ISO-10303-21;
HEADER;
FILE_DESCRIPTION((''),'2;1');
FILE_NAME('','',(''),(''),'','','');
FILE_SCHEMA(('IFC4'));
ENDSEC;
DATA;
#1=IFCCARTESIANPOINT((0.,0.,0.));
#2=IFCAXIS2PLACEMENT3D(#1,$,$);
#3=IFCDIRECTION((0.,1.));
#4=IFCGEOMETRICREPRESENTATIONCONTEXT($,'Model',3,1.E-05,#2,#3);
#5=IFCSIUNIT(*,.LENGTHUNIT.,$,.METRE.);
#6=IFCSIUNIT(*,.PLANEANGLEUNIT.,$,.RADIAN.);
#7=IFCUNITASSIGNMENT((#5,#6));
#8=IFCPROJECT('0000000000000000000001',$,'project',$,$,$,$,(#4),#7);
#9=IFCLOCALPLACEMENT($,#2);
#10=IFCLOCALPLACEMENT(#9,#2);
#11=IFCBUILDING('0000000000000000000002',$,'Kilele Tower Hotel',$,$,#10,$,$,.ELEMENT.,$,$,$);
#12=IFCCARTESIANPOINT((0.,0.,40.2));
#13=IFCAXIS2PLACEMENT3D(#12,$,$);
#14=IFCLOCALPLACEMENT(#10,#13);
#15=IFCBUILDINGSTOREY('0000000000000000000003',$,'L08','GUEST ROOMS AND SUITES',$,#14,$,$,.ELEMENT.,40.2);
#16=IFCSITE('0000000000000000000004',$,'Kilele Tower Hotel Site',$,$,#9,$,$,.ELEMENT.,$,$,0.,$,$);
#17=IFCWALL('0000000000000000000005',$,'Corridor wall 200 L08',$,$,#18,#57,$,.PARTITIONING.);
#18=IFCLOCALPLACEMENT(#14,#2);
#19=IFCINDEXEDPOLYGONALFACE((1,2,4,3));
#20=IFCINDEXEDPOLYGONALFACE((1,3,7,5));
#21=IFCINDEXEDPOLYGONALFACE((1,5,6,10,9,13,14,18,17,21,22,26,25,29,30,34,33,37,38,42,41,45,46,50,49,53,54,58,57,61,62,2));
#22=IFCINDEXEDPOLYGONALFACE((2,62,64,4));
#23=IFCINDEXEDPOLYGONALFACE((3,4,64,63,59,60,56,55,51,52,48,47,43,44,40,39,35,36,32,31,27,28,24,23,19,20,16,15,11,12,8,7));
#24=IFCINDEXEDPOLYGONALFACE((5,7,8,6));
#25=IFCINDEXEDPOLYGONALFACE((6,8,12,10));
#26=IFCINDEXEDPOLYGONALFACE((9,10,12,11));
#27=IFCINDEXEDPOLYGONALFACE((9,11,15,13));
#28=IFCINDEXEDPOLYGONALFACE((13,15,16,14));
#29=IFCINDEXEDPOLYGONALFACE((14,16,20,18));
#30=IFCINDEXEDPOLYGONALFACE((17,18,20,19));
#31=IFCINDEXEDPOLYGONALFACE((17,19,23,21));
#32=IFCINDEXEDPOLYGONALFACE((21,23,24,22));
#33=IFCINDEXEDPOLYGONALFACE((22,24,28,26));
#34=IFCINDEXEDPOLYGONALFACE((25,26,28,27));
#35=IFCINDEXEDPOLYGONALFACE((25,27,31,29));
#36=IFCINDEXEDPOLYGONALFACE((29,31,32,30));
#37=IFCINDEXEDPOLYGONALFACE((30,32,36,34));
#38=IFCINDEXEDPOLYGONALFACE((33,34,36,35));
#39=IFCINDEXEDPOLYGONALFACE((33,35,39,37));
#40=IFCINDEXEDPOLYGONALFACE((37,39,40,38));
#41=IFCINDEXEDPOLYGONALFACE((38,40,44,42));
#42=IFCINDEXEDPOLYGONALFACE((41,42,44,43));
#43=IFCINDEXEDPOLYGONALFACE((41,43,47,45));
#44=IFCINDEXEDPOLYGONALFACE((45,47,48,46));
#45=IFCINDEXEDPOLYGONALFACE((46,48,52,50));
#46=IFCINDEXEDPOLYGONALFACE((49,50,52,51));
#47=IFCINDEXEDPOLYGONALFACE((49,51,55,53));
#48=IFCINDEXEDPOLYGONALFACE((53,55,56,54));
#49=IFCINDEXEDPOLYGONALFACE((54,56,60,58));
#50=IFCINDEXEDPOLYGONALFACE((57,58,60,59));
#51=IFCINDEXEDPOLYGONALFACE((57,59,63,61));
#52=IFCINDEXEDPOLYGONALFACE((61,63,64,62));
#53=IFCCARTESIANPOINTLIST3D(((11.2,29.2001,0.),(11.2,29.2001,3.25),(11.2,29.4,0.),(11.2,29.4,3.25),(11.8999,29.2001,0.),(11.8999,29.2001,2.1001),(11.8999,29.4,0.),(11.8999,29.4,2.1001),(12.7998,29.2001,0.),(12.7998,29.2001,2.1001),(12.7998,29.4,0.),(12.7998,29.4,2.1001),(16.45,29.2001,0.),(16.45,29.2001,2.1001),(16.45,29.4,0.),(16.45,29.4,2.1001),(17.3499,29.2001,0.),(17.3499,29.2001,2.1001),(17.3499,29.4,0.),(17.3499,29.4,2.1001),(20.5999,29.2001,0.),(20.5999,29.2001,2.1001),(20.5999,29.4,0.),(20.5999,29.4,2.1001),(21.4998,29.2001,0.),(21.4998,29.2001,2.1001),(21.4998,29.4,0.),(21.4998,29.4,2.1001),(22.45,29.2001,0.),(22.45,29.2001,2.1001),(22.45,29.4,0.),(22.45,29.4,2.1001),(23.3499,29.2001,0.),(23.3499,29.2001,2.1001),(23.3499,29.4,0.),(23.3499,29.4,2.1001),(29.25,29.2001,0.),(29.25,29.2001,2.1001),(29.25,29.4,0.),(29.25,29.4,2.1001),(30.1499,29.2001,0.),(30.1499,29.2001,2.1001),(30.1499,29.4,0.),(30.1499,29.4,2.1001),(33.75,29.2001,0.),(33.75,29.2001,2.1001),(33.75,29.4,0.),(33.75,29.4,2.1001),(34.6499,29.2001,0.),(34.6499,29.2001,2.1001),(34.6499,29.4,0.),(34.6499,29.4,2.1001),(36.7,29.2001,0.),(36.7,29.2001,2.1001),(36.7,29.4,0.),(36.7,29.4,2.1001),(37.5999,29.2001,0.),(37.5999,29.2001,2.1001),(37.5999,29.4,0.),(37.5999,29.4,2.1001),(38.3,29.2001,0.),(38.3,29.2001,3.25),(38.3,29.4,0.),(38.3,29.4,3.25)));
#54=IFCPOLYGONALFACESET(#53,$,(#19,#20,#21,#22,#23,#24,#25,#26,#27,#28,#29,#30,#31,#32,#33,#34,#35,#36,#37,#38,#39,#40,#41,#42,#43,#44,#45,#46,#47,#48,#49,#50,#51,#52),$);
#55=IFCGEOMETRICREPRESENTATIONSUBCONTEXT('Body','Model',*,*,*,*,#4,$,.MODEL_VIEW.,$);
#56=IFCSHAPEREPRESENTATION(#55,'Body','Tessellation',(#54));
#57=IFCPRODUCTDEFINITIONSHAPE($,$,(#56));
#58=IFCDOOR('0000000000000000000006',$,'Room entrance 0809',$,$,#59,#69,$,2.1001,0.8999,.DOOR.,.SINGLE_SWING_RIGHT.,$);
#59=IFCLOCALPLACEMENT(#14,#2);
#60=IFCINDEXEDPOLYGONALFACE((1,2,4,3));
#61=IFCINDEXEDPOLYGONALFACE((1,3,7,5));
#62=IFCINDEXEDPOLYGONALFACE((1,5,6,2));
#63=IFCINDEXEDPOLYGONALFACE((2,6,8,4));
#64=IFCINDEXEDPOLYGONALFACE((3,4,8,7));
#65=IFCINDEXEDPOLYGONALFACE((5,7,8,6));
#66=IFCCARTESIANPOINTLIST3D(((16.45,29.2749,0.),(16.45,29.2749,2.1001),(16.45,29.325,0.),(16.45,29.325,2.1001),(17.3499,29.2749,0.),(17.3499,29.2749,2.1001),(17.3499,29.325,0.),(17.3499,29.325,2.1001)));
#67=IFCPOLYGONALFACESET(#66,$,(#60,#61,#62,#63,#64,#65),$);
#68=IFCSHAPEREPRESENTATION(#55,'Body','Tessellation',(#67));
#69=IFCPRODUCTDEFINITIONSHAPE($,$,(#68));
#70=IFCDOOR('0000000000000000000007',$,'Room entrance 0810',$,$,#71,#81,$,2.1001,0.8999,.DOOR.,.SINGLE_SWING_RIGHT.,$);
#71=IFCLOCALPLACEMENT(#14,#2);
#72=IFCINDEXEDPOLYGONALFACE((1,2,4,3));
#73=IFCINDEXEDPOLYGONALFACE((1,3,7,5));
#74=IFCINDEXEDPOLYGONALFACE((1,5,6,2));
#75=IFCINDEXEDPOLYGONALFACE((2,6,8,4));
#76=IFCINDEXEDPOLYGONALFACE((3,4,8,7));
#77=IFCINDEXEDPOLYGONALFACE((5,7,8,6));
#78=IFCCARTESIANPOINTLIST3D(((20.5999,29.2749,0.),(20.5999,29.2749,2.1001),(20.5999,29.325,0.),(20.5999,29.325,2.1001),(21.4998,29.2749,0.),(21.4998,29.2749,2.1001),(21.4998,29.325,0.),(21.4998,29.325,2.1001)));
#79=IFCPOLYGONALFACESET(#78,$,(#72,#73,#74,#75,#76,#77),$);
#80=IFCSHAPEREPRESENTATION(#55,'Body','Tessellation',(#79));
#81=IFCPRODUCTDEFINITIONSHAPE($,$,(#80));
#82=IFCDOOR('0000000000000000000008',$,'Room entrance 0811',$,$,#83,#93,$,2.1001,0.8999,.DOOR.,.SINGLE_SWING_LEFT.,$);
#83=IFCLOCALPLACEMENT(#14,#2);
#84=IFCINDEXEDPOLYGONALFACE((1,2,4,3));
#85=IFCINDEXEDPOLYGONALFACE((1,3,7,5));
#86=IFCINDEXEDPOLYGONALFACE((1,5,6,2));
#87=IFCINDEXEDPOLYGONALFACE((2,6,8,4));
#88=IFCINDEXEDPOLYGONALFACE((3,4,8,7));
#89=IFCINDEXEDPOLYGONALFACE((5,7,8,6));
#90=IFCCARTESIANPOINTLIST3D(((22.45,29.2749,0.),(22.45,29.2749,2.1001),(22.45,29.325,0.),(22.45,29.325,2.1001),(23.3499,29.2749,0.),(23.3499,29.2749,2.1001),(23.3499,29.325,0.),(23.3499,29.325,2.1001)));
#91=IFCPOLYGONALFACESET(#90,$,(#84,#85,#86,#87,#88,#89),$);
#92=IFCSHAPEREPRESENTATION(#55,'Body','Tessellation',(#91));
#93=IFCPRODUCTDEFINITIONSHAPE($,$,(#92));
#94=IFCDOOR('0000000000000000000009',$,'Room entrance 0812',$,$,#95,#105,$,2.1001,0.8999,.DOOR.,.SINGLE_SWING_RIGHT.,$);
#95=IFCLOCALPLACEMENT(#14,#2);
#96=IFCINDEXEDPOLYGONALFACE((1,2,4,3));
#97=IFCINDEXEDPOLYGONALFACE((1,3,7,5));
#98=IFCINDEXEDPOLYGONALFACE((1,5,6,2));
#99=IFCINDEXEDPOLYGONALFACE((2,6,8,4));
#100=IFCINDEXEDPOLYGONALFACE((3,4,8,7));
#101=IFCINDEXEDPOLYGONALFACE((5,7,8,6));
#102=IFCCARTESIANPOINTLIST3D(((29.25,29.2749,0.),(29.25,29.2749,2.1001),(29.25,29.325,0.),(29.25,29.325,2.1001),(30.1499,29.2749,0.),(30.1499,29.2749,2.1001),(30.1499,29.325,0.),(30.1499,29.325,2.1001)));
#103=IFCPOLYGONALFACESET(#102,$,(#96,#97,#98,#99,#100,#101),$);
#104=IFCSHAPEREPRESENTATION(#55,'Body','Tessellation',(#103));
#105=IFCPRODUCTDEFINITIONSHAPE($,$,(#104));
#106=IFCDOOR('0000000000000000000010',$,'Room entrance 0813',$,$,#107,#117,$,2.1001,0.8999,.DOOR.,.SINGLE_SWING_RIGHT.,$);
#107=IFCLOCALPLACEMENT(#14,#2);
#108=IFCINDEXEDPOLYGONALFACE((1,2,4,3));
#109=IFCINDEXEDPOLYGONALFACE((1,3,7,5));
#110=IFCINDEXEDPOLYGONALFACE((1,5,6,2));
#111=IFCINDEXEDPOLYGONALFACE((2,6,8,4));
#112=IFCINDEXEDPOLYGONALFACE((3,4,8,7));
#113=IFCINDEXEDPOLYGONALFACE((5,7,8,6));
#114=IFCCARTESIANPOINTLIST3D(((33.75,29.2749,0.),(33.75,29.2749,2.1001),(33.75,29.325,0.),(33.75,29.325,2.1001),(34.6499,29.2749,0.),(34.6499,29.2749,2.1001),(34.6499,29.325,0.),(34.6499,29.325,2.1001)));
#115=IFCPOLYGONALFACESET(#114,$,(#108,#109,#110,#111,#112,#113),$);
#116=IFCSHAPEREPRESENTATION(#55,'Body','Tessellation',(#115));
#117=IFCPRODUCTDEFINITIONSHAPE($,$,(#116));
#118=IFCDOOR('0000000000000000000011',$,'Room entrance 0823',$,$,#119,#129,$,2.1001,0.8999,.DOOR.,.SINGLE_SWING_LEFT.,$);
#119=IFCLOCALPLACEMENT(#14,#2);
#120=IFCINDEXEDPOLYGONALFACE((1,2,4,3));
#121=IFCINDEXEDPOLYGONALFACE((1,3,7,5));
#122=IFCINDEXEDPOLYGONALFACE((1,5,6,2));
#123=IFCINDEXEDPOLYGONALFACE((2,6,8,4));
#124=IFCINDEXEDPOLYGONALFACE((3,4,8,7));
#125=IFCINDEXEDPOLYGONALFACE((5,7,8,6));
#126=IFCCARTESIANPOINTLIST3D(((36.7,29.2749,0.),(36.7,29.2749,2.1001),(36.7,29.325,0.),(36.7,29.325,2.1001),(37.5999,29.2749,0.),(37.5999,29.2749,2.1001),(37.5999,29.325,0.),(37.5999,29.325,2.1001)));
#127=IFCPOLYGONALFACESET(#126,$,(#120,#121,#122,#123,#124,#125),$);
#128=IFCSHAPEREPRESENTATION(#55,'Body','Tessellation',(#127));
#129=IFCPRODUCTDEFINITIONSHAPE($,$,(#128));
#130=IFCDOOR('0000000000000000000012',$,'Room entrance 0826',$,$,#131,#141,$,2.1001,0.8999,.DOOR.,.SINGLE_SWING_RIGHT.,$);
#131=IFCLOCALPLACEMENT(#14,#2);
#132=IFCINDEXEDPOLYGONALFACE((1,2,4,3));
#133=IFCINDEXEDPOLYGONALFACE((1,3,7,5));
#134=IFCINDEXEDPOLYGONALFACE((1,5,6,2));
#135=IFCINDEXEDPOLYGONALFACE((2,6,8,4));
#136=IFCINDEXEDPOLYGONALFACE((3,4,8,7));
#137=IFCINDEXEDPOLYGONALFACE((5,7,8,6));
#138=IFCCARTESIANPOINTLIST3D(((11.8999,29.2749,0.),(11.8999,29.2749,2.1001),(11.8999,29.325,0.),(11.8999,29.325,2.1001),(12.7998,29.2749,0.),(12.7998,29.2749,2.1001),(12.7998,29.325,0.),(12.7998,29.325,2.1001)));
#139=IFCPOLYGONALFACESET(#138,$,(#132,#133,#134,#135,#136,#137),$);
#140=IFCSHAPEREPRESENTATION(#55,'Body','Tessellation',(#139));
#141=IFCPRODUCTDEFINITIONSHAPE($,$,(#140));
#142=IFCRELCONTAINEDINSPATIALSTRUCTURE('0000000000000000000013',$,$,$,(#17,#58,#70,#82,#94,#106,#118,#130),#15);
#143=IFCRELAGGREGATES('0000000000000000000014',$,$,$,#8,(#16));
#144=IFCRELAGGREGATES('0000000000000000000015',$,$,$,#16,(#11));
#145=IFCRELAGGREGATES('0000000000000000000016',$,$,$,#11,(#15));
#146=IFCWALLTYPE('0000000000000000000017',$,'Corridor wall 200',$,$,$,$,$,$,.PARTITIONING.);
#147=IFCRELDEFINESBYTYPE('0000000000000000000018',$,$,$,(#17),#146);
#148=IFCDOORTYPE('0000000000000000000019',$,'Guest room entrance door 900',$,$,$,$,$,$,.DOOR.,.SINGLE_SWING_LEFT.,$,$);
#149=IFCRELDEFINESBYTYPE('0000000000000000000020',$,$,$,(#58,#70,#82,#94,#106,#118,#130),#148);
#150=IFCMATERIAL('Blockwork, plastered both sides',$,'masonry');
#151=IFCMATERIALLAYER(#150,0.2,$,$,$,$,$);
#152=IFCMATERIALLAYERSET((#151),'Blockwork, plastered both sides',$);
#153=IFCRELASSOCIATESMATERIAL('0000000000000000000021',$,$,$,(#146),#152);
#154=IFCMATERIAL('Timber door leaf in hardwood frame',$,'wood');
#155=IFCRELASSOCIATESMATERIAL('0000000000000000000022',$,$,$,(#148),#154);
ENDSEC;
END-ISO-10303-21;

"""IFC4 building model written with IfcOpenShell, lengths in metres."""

from ifc_helpers import new_model, si_unit, direction, frame, frame_2d, origin, place, context, subcontext, project, spatial, rectangle, extrude, material, layer, layer_set, type_object, element, fill, save


model = new_model("IFC4")

# Units and contexts
model_context = context("Model", 3, precision=1e-05, world=origin(), true_north=direction((0.0, 1.0)))
body_context = subcontext(model_context, "Body", "Model", "MODEL_VIEW")
ifc_project = project(units=[si_unit("LENGTHUNIT", "METRE"), si_unit("PLANEANGLEUNIT", "RADIAN")], contexts=[model_context])

# Site, building, storey
site_placement = place(None, origin())
site = spatial("IfcSite", under=ifc_project, at=site_placement, Name="Kilele Tower Hotel Site", CompositionType="ELEMENT", RefElevation=0.0)
building_placement = place(site_placement, origin())
building = spatial("IfcBuilding", under=site, at=building_placement, Name="Kilele Tower Hotel", CompositionType="ELEMENT")
storey_placement = place(building_placement, frame((0.0, 0.0, 40.2)))
storey = spatial("IfcBuildingStorey", under=building, at=storey_placement, Name="L08", Description="GUEST ROOMS AND SUITES", CompositionType="ELEMENT", Elevation=40.2)

# Wall, openings, doors
ifc_material_1 = material(Name="Blockwork, plastered both sides", Category="masonry")
ifc_layer_1 = layer(ifc_material_1, 0.2)
ifc_layer_set_1 = layer_set([ifc_layer_1], Name="Blockwork, plastered both sides")
wall_type_1 = type_object("IfcWallType", Name="Corridor wall 200", PredefinedType="PARTITIONING", material=ifc_layer_set_1)
wall_1_placement = place(storey_placement, frame((11.2, 29.3, 0.0), z_axis=(0.0, 0.0, 1.0), x_axis=(1.0, 0.0, 0.0)))
wall_1 = element("IfcWall", 1, at=wall_1_placement, inside=storey, type_object=wall_type_1, Name="Corridor wall 200 L08", PredefinedType="PARTITIONING", context=body_context, shape_type="SweptSolid", body=[
    extrude(rectangle(XDim=27.1001, YDim=0.2, at=frame_2d((13.55, 0.0))), origin(), (0.0, 0.0, 1.0), 3.25),
])
opening_1_placement = place(wall_1_placement, frame((5.25, 0.0, 0.0)))
opening_1 = element("IfcOpeningElement", 2, at=opening_1_placement, cuts=wall_1, PredefinedType="OPENING", context=body_context, shape_type="SweptSolid", body=[
    extrude(rectangle(XDim=0.8999, YDim=2.1001, at=frame_2d((0.45, 1.05))), frame((0.0, 0.1099, 0.0), z_axis=(0.0, -1.0, 0.0), x_axis=(1.0, 0.0, 0.0)), (0.0, 0.0, 1.0), 0.22),
])
opening_2_placement = place(wall_1_placement, frame((9.3999, 0.0, 0.0)))
opening_2 = element("IfcOpeningElement", 3, at=opening_2_placement, cuts=wall_1, PredefinedType="OPENING", context=body_context, shape_type="SweptSolid", body=[
    extrude(rectangle(XDim=0.8999, YDim=2.1001, at=frame_2d((0.45, 1.05))), frame((0.0, 0.1099, 0.0), z_axis=(0.0, -1.0, 0.0), x_axis=(1.0, 0.0, 0.0)), (0.0, 0.0, 1.0), 0.22),
])
opening_3_placement = place(wall_1_placement, frame((11.25, 0.0, 0.0)))
opening_3 = element("IfcOpeningElement", 4, at=opening_3_placement, cuts=wall_1, PredefinedType="OPENING", context=body_context, shape_type="SweptSolid", body=[
    extrude(rectangle(XDim=0.8999, YDim=2.1001, at=frame_2d((0.45, 1.05))), frame((0.0, 0.1099, 0.0), z_axis=(0.0, -1.0, 0.0), x_axis=(1.0, 0.0, 0.0)), (0.0, 0.0, 1.0), 0.22),
])
opening_4_placement = place(wall_1_placement, frame((18.05, 0.0, 0.0)))
opening_4 = element("IfcOpeningElement", 5, at=opening_4_placement, cuts=wall_1, PredefinedType="OPENING", context=body_context, shape_type="SweptSolid", body=[
    extrude(rectangle(XDim=0.8999, YDim=2.1001, at=frame_2d((0.45, 1.05))), frame((0.0, 0.1099, 0.0), z_axis=(0.0, -1.0, 0.0), x_axis=(1.0, 0.0, 0.0)), (0.0, 0.0, 1.0), 0.22),
])
opening_5_placement = place(wall_1_placement, frame((22.55, 0.0, 0.0)))
opening_5 = element("IfcOpeningElement", 6, at=opening_5_placement, cuts=wall_1, PredefinedType="OPENING", context=body_context, shape_type="SweptSolid", body=[
    extrude(rectangle(XDim=0.8999, YDim=2.1001, at=frame_2d((0.45, 1.05))), frame((0.0, 0.1099, 0.0), z_axis=(0.0, -1.0, 0.0), x_axis=(1.0, 0.0, 0.0)), (0.0, 0.0, 1.0), 0.22),
])
opening_6_placement = place(wall_1_placement, frame((25.5, 0.0, 0.0)))
opening_6 = element("IfcOpeningElement", 7, at=opening_6_placement, cuts=wall_1, PredefinedType="OPENING", context=body_context, shape_type="SweptSolid", body=[
    extrude(rectangle(XDim=0.8999, YDim=2.1001, at=frame_2d((0.45, 1.05))), frame((0.0, 0.1099, 0.0), z_axis=(0.0, -1.0, 0.0), x_axis=(1.0, 0.0, 0.0)), (0.0, 0.0, 1.0), 0.22),
])
opening_7_placement = place(wall_1_placement, frame((0.7, 0.0, 0.0)))
opening_7 = element("IfcOpeningElement", 8, at=opening_7_placement, cuts=wall_1, PredefinedType="OPENING", context=body_context, shape_type="SweptSolid", body=[
    extrude(rectangle(XDim=0.8999, YDim=2.1001, at=frame_2d((0.45, 1.05))), frame((0.0, 0.1099, 0.0), z_axis=(0.0, -1.0, 0.0), x_axis=(1.0, 0.0, 0.0)), (0.0, 0.0, 1.0), 0.22),
])
ifc_material_2 = material(Name="Timber door leaf in hardwood frame", Category="wood")
door_type_1 = type_object("IfcDoorType", Name="Guest room entrance door 900", OperationType="SINGLE_SWING_LEFT", PredefinedType="DOOR", material=ifc_material_2)
door_1_placement = place(opening_1_placement, origin())
door_1 = element("IfcDoor", 9, at=door_1_placement, inside=storey, type_object=door_type_1, Name="Room entrance 0809", OperationType="SINGLE_SWING_RIGHT", OverallHeight=2.1001, OverallWidth=0.8999, PredefinedType="DOOR", context=body_context, shape_type="SweptSolid", body=[
    extrude(rectangle(XDim=0.8999, YDim=2.1001, at=frame_2d((0.45, 1.05))), frame((0.0, 0.0249, 0.0), z_axis=(0.0, -1.0, 0.0), x_axis=(1.0, 0.0, 0.0)), (0.0, 0.0, 1.0), 0.05),
])
fill(opening_1, door_1)
door_2_placement = place(opening_2_placement, origin())
door_2 = element("IfcDoor", 10, at=door_2_placement, inside=storey, type_object=door_type_1, Name="Room entrance 0810", OperationType="SINGLE_SWING_RIGHT", OverallHeight=2.1001, OverallWidth=0.8999, PredefinedType="DOOR", context=body_context, shape_type="SweptSolid", body=[
    extrude(rectangle(XDim=0.8999, YDim=2.1001, at=frame_2d((0.45, 1.05))), frame((0.0, 0.0249, 0.0), z_axis=(0.0, -1.0, 0.0), x_axis=(1.0, 0.0, 0.0)), (0.0, 0.0, 1.0), 0.05),
])
fill(opening_2, door_2)
door_3_placement = place(opening_3_placement, origin())
door_3 = element("IfcDoor", 11, at=door_3_placement, inside=storey, type_object=door_type_1, Name="Room entrance 0811", OperationType="SINGLE_SWING_LEFT", OverallHeight=2.1001, OverallWidth=0.8999, PredefinedType="DOOR", context=body_context, shape_type="SweptSolid", body=[
    extrude(rectangle(XDim=0.8999, YDim=2.1001, at=frame_2d((0.45, 1.05))), frame((0.0, 0.0249, 0.0), z_axis=(0.0, -1.0, 0.0), x_axis=(1.0, 0.0, 0.0)), (0.0, 0.0, 1.0), 0.05),
])
fill(opening_3, door_3)
door_4_placement = place(opening_4_placement, origin())
door_4 = element("IfcDoor", 12, at=door_4_placement, inside=storey, type_object=door_type_1, Name="Room entrance 0812", OperationType="SINGLE_SWING_RIGHT", OverallHeight=2.1001, OverallWidth=0.8999, PredefinedType="DOOR", context=body_context, shape_type="SweptSolid", body=[
    extrude(rectangle(XDim=0.8999, YDim=2.1001, at=frame_2d((0.45, 1.05))), frame((0.0, 0.0249, 0.0), z_axis=(0.0, -1.0, 0.0), x_axis=(1.0, 0.0, 0.0)), (0.0, 0.0, 1.0), 0.05),
])
fill(opening_4, door_4)
door_5_placement = place(opening_5_placement, origin())
door_5 = element("IfcDoor", 13, at=door_5_placement, inside=storey, type_object=door_type_1, Name="Room entrance 0813", OperationType="SINGLE_SWING_RIGHT", OverallHeight=2.1001, OverallWidth=0.8999, PredefinedType="DOOR", context=body_context, shape_type="SweptSolid", body=[
    extrude(rectangle(XDim=0.8999, YDim=2.1001, at=frame_2d((0.45, 1.05))), frame((0.0, 0.0249, 0.0), z_axis=(0.0, -1.0, 0.0), x_axis=(1.0, 0.0, 0.0)), (0.0, 0.0, 1.0), 0.05),
])
fill(opening_5, door_5)
door_6_placement = place(opening_6_placement, origin())
door_6 = element("IfcDoor", 14, at=door_6_placement, inside=storey, type_object=door_type_1, Name="Room entrance 0823", OperationType="SINGLE_SWING_LEFT", OverallHeight=2.1001, OverallWidth=0.8999, PredefinedType="DOOR", context=body_context, shape_type="SweptSolid", body=[
    extrude(rectangle(XDim=0.8999, YDim=2.1001, at=frame_2d((0.45, 1.05))), frame((0.0, 0.0249, 0.0), z_axis=(0.0, -1.0, 0.0), x_axis=(1.0, 0.0, 0.0)), (0.0, 0.0, 1.0), 0.05),
])
fill(opening_6, door_6)
door_7_placement = place(opening_7_placement, origin())
door_7 = element("IfcDoor", 15, at=door_7_placement, inside=storey, type_object=door_type_1, Name="Room entrance 0826", OperationType="SINGLE_SWING_RIGHT", OverallHeight=2.1001, OverallWidth=0.8999, PredefinedType="DOOR", context=body_context, shape_type="SweptSolid", body=[
    extrude(rectangle(XDim=0.8999, YDim=2.1001, at=frame_2d((0.45, 1.05))), frame((0.0, 0.0249, 0.0), z_axis=(0.0, -1.0, 0.0), x_axis=(1.0, 0.0, 0.0)), (0.0, 0.0, 1.0), 0.05),
])
fill(opening_7, door_7)

save(model, "model.ifc")
